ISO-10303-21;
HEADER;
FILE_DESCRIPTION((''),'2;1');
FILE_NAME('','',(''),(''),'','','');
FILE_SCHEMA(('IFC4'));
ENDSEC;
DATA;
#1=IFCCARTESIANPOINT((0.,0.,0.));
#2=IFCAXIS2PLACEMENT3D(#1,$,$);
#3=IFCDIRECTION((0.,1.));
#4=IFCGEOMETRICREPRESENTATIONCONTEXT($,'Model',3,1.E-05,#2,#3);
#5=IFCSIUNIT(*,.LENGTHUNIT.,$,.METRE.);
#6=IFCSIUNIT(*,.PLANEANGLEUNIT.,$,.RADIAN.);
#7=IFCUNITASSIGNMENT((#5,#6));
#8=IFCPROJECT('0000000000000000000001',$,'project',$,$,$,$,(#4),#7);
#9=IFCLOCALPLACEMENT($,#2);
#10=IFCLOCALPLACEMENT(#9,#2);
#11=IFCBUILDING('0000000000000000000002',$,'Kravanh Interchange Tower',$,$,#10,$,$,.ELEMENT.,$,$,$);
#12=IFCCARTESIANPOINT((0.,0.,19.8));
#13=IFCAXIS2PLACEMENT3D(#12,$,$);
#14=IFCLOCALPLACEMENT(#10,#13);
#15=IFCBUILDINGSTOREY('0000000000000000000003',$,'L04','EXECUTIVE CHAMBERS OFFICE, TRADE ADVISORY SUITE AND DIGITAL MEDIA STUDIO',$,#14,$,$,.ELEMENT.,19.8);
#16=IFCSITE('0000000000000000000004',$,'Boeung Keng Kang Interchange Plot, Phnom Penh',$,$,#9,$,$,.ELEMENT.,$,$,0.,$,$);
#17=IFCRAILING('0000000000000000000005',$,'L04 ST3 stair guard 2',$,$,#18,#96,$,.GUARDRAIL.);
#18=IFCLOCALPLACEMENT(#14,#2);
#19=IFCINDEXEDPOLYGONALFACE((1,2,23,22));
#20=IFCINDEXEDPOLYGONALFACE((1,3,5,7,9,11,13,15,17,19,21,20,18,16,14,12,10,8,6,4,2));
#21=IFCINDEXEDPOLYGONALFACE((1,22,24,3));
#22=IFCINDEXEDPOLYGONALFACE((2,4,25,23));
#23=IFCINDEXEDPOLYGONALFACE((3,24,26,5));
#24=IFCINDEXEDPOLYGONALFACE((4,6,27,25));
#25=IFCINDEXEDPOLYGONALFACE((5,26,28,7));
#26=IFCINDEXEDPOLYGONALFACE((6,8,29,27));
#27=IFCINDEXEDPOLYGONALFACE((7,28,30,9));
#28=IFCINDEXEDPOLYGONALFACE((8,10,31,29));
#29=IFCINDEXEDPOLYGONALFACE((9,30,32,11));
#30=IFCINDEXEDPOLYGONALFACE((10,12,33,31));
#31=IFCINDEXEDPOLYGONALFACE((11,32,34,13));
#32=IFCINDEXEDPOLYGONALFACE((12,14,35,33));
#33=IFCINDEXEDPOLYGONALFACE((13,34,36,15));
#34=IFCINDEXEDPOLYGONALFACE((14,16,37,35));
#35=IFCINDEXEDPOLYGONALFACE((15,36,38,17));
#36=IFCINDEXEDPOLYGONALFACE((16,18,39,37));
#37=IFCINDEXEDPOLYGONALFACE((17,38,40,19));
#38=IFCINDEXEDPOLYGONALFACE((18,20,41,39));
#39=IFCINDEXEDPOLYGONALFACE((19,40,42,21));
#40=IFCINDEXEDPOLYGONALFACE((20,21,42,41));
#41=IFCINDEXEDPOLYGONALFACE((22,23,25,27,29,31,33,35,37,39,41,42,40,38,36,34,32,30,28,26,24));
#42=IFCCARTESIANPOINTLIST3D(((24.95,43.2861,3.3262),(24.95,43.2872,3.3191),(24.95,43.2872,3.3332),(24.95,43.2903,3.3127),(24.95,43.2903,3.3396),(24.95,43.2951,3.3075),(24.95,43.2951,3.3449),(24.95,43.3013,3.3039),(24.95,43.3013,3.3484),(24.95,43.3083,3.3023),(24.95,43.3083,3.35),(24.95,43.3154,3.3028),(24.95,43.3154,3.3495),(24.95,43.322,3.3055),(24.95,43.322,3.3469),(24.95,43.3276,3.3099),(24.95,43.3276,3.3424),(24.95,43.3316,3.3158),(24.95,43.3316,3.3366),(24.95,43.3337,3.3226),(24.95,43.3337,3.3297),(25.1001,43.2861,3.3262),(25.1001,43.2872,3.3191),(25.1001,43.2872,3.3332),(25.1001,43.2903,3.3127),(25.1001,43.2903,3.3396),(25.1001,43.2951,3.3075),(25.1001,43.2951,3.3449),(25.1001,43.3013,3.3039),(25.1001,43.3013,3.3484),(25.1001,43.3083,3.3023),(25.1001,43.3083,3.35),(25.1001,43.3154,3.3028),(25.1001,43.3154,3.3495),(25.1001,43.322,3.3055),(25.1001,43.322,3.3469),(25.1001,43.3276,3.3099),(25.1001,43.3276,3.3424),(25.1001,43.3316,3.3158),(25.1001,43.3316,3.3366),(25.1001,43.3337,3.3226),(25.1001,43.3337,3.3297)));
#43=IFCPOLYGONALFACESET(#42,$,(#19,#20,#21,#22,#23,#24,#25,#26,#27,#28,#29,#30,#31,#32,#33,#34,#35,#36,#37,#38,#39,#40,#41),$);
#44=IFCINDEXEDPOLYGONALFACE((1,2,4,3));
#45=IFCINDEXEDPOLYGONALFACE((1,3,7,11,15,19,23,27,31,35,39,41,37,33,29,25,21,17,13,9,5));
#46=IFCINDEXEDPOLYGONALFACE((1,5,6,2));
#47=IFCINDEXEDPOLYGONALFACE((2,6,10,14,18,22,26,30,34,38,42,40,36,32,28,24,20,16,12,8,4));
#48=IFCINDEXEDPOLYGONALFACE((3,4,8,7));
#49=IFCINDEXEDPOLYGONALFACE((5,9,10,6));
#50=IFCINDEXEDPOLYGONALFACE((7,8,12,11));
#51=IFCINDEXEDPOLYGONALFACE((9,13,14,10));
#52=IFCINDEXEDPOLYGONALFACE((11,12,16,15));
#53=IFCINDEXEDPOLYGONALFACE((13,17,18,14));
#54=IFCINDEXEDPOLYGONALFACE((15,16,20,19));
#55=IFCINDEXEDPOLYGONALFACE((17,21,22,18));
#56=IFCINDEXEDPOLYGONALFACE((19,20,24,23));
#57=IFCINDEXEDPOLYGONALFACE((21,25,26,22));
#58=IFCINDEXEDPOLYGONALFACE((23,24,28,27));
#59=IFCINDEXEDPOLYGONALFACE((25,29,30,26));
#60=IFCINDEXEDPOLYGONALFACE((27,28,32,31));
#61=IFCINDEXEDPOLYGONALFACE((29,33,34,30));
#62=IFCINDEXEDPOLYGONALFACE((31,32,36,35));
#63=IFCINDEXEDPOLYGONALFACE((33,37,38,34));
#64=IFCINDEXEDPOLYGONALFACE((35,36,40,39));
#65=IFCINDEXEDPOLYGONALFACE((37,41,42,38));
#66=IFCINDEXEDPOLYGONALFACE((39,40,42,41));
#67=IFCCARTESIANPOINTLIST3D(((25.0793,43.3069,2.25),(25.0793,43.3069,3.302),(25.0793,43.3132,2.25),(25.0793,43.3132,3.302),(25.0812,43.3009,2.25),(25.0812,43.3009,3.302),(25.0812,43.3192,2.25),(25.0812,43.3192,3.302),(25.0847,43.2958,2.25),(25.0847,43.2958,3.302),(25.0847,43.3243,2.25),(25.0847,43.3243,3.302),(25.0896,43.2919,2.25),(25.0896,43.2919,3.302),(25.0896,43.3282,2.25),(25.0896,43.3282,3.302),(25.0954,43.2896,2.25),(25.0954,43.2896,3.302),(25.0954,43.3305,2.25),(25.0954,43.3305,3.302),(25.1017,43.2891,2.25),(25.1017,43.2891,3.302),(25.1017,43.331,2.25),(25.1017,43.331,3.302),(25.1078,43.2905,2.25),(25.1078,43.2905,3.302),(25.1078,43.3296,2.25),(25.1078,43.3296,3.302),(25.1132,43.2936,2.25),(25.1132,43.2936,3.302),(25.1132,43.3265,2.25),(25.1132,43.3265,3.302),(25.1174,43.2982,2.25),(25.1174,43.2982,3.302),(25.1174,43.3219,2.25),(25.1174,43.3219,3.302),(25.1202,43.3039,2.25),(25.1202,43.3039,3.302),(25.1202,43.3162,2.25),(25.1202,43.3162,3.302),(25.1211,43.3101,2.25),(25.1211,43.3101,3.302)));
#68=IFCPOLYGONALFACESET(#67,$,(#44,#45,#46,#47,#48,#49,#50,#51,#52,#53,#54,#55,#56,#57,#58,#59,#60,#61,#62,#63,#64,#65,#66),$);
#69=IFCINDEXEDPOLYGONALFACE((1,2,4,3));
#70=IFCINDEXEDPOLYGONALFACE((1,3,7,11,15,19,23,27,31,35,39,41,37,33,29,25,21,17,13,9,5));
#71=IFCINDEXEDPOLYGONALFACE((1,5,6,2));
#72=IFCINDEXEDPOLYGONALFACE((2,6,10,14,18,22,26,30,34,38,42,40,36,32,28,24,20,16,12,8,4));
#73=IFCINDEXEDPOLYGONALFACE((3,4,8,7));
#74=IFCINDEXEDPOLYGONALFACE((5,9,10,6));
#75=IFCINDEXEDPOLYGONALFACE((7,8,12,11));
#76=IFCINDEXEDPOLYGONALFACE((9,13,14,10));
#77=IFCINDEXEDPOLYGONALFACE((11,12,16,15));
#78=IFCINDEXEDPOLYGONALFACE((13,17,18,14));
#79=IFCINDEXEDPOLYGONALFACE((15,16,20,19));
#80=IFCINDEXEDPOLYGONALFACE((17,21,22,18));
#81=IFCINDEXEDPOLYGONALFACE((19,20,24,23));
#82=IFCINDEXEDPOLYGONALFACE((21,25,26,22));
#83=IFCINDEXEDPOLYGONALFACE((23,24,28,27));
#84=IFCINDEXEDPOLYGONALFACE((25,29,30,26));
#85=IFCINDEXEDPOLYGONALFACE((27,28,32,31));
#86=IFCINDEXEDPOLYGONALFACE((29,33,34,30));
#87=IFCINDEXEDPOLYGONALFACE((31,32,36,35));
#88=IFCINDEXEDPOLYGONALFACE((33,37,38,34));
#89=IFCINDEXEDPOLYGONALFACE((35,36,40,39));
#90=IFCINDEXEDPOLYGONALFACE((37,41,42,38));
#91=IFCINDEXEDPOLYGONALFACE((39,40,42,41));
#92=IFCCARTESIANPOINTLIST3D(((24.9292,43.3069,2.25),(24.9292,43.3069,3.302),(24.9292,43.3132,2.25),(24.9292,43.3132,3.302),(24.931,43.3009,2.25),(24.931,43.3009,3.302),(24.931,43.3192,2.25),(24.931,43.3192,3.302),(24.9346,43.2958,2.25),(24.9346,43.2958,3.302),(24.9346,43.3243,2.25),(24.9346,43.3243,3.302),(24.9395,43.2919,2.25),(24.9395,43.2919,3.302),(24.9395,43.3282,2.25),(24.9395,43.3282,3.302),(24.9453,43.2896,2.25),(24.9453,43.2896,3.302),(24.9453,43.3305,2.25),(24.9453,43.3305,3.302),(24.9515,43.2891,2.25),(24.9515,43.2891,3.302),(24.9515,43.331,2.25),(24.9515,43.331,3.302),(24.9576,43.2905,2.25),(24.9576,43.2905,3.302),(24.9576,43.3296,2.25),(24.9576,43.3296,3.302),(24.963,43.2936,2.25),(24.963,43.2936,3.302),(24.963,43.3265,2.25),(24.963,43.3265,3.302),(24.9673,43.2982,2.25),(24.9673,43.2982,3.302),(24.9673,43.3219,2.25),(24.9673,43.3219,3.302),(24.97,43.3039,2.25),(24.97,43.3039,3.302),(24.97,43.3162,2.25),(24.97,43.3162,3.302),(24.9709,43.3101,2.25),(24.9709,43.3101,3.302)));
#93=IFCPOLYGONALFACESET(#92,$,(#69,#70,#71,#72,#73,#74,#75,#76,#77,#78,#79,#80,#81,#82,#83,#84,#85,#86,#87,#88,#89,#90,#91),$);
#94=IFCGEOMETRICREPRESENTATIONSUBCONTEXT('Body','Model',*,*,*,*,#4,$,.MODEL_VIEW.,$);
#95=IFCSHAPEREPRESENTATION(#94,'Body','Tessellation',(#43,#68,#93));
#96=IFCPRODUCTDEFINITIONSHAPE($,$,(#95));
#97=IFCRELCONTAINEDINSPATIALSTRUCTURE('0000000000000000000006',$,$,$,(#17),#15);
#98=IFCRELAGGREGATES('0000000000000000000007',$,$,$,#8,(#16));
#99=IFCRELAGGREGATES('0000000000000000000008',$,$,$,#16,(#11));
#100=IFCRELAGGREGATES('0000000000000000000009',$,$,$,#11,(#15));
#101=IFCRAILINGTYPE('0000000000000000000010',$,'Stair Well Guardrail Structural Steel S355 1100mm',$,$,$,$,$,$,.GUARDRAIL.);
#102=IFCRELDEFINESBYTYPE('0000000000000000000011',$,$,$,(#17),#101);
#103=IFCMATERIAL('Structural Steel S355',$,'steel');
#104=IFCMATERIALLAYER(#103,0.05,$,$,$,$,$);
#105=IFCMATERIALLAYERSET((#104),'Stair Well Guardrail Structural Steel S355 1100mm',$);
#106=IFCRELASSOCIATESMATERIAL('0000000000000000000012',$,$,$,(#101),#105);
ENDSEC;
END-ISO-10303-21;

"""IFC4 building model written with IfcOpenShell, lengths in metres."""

from ifc_helpers import new_model, si_unit, direction, frame, origin, origin_2d, place, context, subcontext, project, spatial, circle, extrude, material, layer, layer_set, type_object, element, save


model = new_model("IFC4")

# Units and contexts
model_context = context("Model", 3, precision=1e-05, world=origin(), true_north=direction((0.0, 1.0)))
body_context = subcontext(model_context, "Body", "Model", "MODEL_VIEW")
ifc_project = project(units=[si_unit("LENGTHUNIT", "METRE"), si_unit("PLANEANGLEUNIT", "RADIAN")], contexts=[model_context])

# Site, building, storey
site_placement = place(None, origin())
site = spatial("IfcSite", under=ifc_project, at=site_placement, Name="Boeung Keng Kang Interchange Plot, Phnom Penh", CompositionType="ELEMENT", RefElevation=0.0)
building_placement = place(site_placement, origin())
building = spatial("IfcBuilding", under=site, at=building_placement, Name="Kravanh Interchange Tower", CompositionType="ELEMENT")
storey_placement = place(building_placement, frame((0.0, 0.0, 19.8)))
storey = spatial("IfcBuildingStorey", under=building, at=storey_placement, Name="L04", Description="EXECUTIVE CHAMBERS OFFICE, TRADE ADVISORY SUITE AND DIGITAL MEDIA STUDIO", CompositionType="ELEMENT", Elevation=19.8)

# Railing
ifc_material_1 = material(Name="Structural Steel S355", Category="steel")
ifc_layer_1 = layer(ifc_material_1, 0.05)
ifc_layer_set_1 = layer_set([ifc_layer_1], Name="Stair Well Guardrail Structural Steel S355 1100mm")
railing_type_1 = type_object("IfcRailingType", Name="Stair Well Guardrail Structural Steel S355 1100mm", PredefinedType="GUARDRAIL", material=ifc_layer_set_1)
railing_1_placement = place(storey_placement, frame((25.1001, 43.3101, 2.25)))
element("IfcRailing", 1, at=railing_1_placement, inside=storey, type_object=railing_type_1, Name="L04 ST3 stair guard 2", PredefinedType="GUARDRAIL", context=body_context, shape_type="SweptSolid", body=[
    extrude(circle(Radius=0.0239, at=origin_2d()), frame((0.0, 0.0, 1.0762), z_axis=(-1.0, 0.0, 0.0), x_axis=(0.0, -1.0, 0.0)), (0.0, 0.0, 1.0), 0.1501),
    extrude(circle(Radius=0.021, at=origin_2d()), origin(), (0.0, 0.0, 1.0), 1.052),
    extrude(circle(Radius=0.021, at=origin_2d()), frame((-0.1501, 0.0, 0.0)), (0.0, 0.0, 1.0), 1.052),
])

save(model, "model.ifc")
